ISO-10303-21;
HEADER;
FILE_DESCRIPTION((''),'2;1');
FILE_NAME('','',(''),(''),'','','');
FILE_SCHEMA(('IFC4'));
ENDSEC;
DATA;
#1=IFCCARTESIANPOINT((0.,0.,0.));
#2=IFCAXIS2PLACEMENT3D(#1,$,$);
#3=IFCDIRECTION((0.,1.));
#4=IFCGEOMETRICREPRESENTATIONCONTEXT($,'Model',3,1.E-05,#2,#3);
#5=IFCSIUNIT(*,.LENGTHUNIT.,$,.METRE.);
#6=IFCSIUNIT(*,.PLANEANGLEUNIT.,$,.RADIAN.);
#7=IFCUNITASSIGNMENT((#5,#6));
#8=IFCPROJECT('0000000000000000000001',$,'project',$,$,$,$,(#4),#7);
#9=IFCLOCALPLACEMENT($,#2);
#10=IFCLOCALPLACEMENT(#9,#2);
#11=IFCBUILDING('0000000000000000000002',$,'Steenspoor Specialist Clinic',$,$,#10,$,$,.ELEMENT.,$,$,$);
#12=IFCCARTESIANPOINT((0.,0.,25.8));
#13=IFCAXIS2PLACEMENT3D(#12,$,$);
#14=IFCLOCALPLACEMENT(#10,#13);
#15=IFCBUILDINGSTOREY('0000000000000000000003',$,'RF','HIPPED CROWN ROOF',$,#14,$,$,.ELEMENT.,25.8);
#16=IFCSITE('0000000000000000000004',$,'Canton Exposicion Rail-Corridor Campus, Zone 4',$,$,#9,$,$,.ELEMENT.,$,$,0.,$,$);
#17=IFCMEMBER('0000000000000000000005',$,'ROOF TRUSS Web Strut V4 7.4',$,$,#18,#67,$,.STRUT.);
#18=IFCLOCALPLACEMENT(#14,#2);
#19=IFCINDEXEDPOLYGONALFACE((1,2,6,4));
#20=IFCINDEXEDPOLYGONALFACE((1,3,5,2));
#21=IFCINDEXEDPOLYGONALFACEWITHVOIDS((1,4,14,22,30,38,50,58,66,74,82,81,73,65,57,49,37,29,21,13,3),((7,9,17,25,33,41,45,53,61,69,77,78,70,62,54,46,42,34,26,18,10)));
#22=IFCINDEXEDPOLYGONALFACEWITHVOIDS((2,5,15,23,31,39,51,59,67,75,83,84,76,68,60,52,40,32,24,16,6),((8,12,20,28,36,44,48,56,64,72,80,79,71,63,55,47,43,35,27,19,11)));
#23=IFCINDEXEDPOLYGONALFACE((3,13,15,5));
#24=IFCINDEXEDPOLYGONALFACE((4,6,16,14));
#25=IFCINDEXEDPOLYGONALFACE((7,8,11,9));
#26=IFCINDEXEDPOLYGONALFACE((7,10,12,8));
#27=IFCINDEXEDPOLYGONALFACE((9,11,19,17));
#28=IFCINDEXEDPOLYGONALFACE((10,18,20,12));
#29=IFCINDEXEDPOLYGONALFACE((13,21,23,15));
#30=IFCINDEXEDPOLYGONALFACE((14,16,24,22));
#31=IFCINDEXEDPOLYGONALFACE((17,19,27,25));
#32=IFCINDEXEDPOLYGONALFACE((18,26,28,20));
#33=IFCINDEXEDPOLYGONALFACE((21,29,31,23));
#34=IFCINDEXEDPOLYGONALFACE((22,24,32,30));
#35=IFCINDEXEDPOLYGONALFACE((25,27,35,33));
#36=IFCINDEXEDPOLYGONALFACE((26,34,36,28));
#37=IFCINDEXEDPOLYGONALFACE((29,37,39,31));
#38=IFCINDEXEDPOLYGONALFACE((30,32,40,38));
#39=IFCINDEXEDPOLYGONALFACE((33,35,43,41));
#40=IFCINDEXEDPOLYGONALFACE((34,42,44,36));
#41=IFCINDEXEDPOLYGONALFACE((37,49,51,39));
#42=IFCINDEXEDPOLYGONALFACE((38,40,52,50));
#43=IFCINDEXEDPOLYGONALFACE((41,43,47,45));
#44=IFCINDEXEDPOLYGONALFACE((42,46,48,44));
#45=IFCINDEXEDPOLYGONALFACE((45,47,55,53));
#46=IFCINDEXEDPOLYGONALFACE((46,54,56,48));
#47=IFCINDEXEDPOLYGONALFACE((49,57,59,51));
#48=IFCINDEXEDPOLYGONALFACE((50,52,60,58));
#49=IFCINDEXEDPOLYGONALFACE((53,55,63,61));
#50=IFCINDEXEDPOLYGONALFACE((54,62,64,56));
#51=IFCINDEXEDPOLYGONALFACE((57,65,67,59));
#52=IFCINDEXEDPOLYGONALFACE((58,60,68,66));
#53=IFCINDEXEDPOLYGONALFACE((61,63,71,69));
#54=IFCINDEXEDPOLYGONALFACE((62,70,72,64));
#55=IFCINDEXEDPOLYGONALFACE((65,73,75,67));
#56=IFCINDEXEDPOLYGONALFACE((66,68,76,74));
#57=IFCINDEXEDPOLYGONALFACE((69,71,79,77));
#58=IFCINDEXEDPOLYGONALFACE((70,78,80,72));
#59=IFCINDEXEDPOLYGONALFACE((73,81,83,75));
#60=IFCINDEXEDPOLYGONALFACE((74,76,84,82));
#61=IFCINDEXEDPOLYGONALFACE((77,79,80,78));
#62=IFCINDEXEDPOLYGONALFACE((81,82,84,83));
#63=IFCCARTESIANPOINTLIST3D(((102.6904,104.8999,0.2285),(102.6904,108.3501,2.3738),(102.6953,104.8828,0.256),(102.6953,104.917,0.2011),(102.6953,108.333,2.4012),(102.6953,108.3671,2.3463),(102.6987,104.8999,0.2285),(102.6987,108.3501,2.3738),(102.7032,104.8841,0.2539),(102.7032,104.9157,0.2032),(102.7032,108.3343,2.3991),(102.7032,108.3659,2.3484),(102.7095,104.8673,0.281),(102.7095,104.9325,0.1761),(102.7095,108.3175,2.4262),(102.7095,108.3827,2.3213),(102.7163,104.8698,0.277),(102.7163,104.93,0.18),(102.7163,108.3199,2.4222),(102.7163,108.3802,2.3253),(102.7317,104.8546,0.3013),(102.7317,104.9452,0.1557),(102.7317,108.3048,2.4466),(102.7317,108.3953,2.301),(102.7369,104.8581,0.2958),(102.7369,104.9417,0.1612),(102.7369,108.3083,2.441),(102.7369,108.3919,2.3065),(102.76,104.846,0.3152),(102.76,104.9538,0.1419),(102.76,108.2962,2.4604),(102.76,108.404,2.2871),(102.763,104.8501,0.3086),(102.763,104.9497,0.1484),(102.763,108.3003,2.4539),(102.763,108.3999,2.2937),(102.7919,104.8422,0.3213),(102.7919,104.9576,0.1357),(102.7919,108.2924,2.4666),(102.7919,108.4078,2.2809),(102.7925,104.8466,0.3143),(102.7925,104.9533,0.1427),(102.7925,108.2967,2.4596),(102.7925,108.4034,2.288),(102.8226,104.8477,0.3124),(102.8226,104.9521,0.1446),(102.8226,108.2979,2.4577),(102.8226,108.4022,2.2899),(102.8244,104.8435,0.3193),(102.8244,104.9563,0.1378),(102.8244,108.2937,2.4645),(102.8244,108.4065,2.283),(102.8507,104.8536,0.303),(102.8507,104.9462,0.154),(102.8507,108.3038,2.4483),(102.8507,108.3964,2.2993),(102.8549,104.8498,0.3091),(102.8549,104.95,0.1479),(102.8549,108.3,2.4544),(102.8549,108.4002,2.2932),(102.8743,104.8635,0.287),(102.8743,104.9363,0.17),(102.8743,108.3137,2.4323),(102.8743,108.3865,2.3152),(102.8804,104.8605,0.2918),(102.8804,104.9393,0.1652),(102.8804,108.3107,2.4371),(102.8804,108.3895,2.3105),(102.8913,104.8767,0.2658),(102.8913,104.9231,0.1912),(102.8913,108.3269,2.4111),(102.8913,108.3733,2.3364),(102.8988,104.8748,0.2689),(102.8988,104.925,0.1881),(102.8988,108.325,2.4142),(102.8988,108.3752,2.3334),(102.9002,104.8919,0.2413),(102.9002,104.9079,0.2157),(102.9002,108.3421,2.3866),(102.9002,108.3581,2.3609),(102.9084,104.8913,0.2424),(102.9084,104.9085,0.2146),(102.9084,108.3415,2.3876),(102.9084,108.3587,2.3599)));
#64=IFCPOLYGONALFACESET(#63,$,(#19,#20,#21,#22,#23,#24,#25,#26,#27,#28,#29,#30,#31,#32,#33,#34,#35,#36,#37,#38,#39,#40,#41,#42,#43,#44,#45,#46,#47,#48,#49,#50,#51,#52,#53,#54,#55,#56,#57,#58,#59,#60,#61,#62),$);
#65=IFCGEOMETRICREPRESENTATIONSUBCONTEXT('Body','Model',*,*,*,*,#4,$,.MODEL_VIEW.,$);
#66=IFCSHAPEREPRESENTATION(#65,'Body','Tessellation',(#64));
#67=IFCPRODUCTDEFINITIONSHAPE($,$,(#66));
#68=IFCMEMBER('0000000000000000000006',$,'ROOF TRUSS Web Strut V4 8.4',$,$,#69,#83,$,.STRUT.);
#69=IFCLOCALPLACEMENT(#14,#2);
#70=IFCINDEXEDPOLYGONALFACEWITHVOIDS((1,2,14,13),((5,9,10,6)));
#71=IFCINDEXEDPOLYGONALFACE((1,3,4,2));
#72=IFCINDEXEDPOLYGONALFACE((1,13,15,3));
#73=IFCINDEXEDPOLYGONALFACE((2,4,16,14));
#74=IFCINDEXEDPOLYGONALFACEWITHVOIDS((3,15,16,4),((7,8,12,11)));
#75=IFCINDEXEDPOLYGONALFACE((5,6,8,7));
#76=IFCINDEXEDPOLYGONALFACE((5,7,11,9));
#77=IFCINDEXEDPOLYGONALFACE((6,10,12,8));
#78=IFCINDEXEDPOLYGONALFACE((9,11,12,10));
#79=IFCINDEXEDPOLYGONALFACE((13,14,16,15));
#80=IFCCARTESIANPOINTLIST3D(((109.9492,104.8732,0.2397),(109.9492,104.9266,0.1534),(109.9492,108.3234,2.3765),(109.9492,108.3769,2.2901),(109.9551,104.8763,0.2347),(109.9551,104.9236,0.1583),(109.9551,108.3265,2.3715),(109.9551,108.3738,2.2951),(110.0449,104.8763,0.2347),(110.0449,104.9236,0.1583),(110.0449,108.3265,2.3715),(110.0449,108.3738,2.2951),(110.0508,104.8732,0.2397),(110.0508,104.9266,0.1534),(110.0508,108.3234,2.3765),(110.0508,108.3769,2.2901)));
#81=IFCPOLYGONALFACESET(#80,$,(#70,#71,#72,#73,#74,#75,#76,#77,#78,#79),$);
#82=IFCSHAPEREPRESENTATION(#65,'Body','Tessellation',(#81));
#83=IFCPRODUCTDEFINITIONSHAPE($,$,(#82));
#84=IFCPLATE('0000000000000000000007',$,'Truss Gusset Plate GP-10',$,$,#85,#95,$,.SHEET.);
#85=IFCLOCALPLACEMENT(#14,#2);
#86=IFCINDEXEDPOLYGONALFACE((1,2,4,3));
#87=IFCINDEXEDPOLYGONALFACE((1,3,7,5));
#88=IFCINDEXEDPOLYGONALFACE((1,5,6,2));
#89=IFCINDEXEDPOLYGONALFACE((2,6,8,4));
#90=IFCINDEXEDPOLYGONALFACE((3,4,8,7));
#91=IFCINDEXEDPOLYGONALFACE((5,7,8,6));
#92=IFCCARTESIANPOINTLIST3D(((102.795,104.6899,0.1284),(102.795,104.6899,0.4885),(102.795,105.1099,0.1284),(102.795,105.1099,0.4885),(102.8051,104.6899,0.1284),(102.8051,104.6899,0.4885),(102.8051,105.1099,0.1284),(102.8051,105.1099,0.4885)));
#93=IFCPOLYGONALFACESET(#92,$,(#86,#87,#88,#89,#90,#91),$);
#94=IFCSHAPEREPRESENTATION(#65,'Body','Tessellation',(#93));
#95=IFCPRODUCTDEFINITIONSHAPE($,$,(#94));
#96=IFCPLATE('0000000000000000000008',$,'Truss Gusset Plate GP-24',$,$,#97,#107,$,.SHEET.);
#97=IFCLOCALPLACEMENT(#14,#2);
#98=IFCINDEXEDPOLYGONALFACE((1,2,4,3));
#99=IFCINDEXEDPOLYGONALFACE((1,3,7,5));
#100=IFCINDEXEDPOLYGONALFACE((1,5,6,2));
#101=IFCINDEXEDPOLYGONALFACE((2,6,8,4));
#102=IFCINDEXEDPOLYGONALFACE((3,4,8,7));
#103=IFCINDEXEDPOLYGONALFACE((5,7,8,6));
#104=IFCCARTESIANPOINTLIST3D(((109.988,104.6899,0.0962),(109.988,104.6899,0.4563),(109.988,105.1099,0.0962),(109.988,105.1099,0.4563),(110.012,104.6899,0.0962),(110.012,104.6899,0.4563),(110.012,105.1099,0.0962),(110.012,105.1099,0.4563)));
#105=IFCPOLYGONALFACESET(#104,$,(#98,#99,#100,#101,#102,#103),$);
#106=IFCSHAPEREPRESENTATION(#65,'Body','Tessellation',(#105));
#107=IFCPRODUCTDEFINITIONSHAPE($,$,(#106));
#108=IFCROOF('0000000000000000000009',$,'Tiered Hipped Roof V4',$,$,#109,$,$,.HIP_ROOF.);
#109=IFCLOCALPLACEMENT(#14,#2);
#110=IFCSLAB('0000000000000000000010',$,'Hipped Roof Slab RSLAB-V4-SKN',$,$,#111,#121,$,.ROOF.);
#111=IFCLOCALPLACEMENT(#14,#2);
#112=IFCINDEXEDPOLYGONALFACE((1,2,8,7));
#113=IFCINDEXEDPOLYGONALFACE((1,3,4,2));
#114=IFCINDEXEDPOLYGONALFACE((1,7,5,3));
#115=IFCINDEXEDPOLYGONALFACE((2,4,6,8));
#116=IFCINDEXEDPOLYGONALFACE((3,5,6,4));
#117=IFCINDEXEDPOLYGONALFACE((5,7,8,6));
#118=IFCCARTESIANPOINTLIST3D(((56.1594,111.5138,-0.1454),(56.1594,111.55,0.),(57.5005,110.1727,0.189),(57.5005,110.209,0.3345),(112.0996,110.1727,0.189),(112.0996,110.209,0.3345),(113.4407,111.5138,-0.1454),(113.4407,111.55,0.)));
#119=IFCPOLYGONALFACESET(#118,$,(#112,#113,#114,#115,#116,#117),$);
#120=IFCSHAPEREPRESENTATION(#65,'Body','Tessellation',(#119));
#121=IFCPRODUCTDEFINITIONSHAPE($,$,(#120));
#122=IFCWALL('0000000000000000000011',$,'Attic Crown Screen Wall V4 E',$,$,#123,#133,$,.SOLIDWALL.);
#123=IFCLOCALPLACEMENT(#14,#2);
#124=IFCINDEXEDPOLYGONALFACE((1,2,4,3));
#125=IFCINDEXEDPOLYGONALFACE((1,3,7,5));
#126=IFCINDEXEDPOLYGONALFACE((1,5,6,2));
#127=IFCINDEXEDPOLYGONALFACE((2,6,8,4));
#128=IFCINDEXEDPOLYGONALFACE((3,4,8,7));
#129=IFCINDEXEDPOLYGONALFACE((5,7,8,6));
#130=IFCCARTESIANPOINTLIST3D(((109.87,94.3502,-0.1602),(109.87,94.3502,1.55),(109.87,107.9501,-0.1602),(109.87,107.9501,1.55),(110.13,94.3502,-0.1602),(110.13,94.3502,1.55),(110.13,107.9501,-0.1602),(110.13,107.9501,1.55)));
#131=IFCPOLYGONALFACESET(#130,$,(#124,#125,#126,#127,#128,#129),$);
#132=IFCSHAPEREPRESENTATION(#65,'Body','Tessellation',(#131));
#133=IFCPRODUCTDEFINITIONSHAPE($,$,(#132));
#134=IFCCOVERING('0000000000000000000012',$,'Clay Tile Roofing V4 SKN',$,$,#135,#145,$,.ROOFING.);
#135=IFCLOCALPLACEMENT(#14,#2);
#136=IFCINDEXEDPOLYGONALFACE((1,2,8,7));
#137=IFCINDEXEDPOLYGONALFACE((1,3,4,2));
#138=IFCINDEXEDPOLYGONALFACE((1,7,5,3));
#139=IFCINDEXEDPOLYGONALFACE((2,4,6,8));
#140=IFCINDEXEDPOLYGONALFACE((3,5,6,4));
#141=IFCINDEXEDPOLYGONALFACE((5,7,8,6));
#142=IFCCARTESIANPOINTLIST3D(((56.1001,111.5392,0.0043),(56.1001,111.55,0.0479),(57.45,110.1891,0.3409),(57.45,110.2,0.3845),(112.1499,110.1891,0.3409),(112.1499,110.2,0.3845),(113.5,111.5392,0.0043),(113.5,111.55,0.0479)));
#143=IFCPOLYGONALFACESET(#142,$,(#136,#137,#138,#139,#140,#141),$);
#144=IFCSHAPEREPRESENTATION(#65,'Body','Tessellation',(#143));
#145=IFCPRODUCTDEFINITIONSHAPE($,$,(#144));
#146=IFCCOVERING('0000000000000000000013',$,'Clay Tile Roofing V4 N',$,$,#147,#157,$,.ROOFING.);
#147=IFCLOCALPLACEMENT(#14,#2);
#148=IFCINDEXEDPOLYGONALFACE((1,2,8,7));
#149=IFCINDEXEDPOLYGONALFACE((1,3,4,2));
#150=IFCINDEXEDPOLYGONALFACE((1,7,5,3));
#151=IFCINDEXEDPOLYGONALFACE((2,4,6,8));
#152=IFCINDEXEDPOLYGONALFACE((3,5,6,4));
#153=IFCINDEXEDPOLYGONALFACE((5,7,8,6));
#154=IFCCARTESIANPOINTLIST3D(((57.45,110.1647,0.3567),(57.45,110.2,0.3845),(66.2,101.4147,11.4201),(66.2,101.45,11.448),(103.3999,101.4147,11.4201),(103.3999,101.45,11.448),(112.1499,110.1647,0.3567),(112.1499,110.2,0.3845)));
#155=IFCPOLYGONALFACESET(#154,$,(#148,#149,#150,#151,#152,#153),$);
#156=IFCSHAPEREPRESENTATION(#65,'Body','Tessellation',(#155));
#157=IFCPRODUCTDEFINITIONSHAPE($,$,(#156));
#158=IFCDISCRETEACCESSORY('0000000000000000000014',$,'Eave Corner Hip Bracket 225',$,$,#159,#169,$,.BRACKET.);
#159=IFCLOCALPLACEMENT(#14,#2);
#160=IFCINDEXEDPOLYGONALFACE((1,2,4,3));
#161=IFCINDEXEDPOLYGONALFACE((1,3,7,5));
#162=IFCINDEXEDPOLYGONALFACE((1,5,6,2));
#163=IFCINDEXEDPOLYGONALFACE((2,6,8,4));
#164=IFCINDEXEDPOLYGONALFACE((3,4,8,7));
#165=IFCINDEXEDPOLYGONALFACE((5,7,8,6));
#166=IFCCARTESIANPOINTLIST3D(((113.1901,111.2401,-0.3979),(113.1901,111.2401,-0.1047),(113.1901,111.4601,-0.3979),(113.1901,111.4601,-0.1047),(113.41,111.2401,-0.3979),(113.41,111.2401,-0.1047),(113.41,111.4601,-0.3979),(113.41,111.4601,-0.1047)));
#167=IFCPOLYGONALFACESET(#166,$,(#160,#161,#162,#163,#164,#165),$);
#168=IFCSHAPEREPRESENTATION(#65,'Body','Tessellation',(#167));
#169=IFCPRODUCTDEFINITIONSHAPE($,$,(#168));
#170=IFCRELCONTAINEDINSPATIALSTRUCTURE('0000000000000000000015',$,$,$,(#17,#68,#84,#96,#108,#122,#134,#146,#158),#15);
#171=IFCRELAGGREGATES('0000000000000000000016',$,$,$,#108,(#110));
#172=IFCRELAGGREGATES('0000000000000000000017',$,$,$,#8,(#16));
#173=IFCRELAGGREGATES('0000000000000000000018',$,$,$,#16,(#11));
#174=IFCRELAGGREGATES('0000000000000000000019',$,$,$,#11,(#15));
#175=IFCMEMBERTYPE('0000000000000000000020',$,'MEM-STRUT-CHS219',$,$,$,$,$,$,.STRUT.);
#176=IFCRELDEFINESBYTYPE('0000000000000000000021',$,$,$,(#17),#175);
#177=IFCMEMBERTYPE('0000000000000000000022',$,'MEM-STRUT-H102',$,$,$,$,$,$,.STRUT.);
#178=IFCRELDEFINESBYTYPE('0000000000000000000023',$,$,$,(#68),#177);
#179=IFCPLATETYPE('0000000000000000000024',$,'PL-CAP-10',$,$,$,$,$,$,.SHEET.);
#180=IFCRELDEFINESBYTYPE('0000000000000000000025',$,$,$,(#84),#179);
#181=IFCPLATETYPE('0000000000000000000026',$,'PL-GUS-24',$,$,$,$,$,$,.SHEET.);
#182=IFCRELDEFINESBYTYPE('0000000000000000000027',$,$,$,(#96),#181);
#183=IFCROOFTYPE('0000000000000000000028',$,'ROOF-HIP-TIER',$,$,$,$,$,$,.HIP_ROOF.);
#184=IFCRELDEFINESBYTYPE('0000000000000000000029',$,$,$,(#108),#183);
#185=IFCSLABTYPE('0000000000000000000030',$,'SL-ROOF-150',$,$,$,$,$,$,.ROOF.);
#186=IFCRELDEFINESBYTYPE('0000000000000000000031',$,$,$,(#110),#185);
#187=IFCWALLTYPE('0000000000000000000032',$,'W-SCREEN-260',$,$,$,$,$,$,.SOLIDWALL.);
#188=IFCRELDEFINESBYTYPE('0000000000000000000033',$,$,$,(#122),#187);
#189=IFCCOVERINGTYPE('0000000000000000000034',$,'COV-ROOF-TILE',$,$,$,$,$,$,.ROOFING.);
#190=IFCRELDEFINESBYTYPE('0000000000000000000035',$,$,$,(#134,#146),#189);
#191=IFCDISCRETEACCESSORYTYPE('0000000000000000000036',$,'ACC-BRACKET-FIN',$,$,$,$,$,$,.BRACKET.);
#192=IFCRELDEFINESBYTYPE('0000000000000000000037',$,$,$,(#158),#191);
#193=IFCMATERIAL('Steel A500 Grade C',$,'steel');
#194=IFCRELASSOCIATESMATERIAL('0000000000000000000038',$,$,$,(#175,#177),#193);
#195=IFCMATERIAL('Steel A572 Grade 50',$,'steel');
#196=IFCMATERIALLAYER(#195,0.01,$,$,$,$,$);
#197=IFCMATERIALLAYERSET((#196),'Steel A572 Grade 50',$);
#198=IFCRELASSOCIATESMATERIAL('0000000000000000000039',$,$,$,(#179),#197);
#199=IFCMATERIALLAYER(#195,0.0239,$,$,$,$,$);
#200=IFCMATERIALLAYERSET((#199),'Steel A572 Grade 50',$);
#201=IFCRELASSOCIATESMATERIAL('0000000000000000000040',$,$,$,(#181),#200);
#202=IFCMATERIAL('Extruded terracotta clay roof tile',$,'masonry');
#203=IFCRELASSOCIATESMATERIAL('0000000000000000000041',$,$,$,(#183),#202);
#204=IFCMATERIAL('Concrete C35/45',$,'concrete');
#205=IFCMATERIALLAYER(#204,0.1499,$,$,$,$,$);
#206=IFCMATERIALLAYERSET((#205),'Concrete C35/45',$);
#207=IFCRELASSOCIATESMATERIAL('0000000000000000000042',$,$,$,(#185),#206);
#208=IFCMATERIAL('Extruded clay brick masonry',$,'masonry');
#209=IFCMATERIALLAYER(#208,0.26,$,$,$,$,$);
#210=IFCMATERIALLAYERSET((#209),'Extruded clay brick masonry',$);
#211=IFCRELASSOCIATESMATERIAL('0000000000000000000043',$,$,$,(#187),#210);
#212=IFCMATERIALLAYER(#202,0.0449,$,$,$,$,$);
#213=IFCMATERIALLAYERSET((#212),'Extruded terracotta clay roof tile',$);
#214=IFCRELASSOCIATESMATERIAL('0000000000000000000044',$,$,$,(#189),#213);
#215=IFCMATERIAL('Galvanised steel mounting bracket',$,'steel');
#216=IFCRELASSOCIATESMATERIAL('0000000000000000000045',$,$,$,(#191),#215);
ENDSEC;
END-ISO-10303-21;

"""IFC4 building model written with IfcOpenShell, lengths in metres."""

from ifc_helpers import new_model, si_unit, direction, frame, frame_2d, origin, origin_2d, place, context, subcontext, project, spatial, polyline, rectangle, hollow_rectangle, hollow_circle, outline, extrude, material, layer, layer_set, material_profile, profile_set, type_object, element, aggregate, save


model = new_model("IFC4")

# Units and contexts
model_context = context("Model", 3, precision=1e-05, world=origin(), true_north=direction((0.0, 1.0)))
body_context = subcontext(model_context, "Body", "Model", "MODEL_VIEW")
ifc_project = project(units=[si_unit("LENGTHUNIT", "METRE"), si_unit("PLANEANGLEUNIT", "RADIAN")], contexts=[model_context])

# Site, building, storey
site_placement = place(None, origin())
site = spatial("IfcSite", under=ifc_project, at=site_placement, Name="Canton Exposicion Rail-Corridor Campus, Zone 4", CompositionType="ELEMENT", RefElevation=0.0)
building_placement = place(site_placement, origin())
building = spatial("IfcBuilding", under=site, at=building_placement, Name="Steenspoor Specialist Clinic", CompositionType="ELEMENT")
storey_placement = place(building_placement, frame((0.0, 0.0, 25.8)))
storey = spatial("IfcBuildingStorey", under=building, at=storey_placement, Name="RF", Description="HIPPED CROWN ROOF", CompositionType="ELEMENT", Elevation=25.8)

# Members
ifc_material_1 = material(Name="Steel A500 Grade C", Category="steel")
ifc_material_profile_1 = material_profile(ifc_material_1, hollow_circle(Radius=0.1096, WallThickness=0.0083, at=origin_2d()), Name="CHS219X8.2")
ifc_profile_set_1 = profile_set([ifc_material_profile_1], Name="Steel A500 Grade C")
member_type_1 = type_object("IfcMemberType", Name="MEM-STRUT-CHS219", PredefinedType="STRUT", material=ifc_profile_set_1)
member_1_placement = place(storey_placement, frame((102.8, 104.8999, 0.2285), z_axis=(0.0, 0.849225, 0.528031), x_axis=(-1.0, 0.0, 0.0)))
element("IfcMember", 1, at=member_1_placement, inside=storey, type_object=member_type_1, Name="ROOF TRUSS Web Strut V4 7.4", PredefinedType="STRUT", context=body_context, shape_type="SweptSolid", body=[
    extrude(hollow_circle(Radius=0.1096, WallThickness=0.0083, at=origin_2d()), origin(), (0.0, 0.0, 1.0), 4.0627),
])
ifc_material_profile_2 = material_profile(ifc_material_1, hollow_rectangle(XDim=0.1016, YDim=0.1016, WallThickness=0.0059, at=origin_2d()), Name="HSS102X102X6.4")
ifc_profile_set_2 = profile_set([ifc_material_profile_2], Name="Steel A500 Grade C")
member_type_2 = type_object("IfcMemberType", Name="MEM-STRUT-H102", PredefinedType="STRUT", material=ifc_profile_set_2)
member_2_placement = place(storey_placement, frame((110.0, 104.8999, 0.1965), z_axis=(0.0, 0.850168, 0.526512), x_axis=(-1.0, 0.0, 0.0)))
element("IfcMember", 2, at=member_2_placement, inside=storey, type_object=member_type_2, Name="ROOF TRUSS Web Strut V4 8.4", PredefinedType="STRUT", context=body_context, shape_type="SweptSolid", body=[
    extrude(hollow_rectangle(XDim=0.1016, YDim=0.1016, WallThickness=0.0059, at=origin_2d()), origin(), (0.0, 0.0, 1.0), 4.0583),
])

# Plates
ifc_material_2 = material(Name="Steel A572 Grade 50", Category="steel")
ifc_layer_1 = layer(ifc_material_2, 0.01)
ifc_layer_set_1 = layer_set([ifc_layer_1], Name="Steel A572 Grade 50")
plate_type_1 = type_object("IfcPlateType", Name="PL-CAP-10", PredefinedType="SHEET", material=ifc_layer_set_1)
plate_1_placement = place(storey_placement, frame((102.8, 104.8999, 0.1284), z_axis=(0.0, 0.0, 1.0), x_axis=(1.0, 0.0, 0.0)))
element("IfcPlate", 3, at=plate_1_placement, inside=storey, type_object=plate_type_1, Name="Truss Gusset Plate GP-10", PredefinedType="SHEET", context=body_context, shape_type="SweptSolid", body=[
    extrude(rectangle(XDim=0.01, YDim=0.4199, at=origin_2d()), origin(), (0.0, 0.0, 1.0), 0.3601),
])
ifc_layer_2 = layer(ifc_material_2, 0.0239)
ifc_layer_set_2 = layer_set([ifc_layer_2], Name="Steel A572 Grade 50")
plate_type_2 = type_object("IfcPlateType", Name="PL-GUS-24", PredefinedType="SHEET", material=ifc_layer_set_2)
plate_2_placement = place(storey_placement, frame((110.0, 104.8999, 0.0962), z_axis=(0.0, 0.0, 1.0), x_axis=(1.0, 0.0, 0.0)))
element("IfcPlate", 4, at=plate_2_placement, inside=storey, type_object=plate_type_2, Name="Truss Gusset Plate GP-24", PredefinedType="SHEET", context=body_context, shape_type="SweptSolid", body=[
    extrude(rectangle(XDim=0.0239, YDim=0.4199, at=origin_2d()), origin(), (0.0, 0.0, 1.0), 0.3601),
])

# Roof, slab
ifc_material_3 = material(Name="Extruded terracotta clay roof tile", Category="masonry")
roof_type = type_object("IfcRoofType", Name="ROOF-HIP-TIER", PredefinedType="HIP_ROOF", material=ifc_material_3)
roof_placement = place(storey_placement, origin())
roof = element("IfcRoof", 5, at=roof_placement, inside=storey, type_object=roof_type, Name="Tiered Hipped Roof V4", PredefinedType="HIP_ROOF")
ifc_material_4 = material(Name="Concrete C35/45", Category="concrete")
ifc_layer_3 = layer(ifc_material_4, 0.1499)
ifc_layer_set_3 = layer_set([ifc_layer_3], Name="Concrete C35/45")
slab_type = type_object("IfcSlabType", Name="SL-ROOF-150", PredefinedType="ROOF", material=ifc_layer_set_3)
slab_placement = place(storey_placement, frame((112.0996, 110.209, 0.3345), z_axis=(0.0, 0.241995, 0.970277), x_axis=(0.696361, 0.696361, -0.173678)))
slab = element("IfcSlab", 6, at=slab_placement, type_object=slab_type, Name="Hipped Roof Slab RSLAB-V4-SKN", PredefinedType="ROOF", context=body_context, shape_type="SweptSolid", body=[
    extrude(outline(polyline([(0.0, 0.0), (1.9258, 0.0), (-37.9626, 41.1103), (-38.0207, 39.1854), (0.0, 0.0)])), origin(), (0.0, 0.0, -1.0), 0.1499),
])
aggregate(roof, [slab])

# Wall
ifc_material_5 = material(Name="Extruded clay brick masonry", Category="masonry")
ifc_layer_4 = layer(ifc_material_5, 0.26)
ifc_layer_set_4 = layer_set([ifc_layer_4], Name="Extruded clay brick masonry")
wall_type = type_object("IfcWallType", Name="W-SCREEN-260", PredefinedType="SOLIDWALL", material=ifc_layer_set_4)
wall_placement = place(storey_placement, frame((110.0, 107.95, -0.1602), z_axis=(0.0, 0.0, 1.0), x_axis=(0.0, -1.0, 0.0)))
element("IfcWall", 7, at=wall_placement, inside=storey, type_object=wall_type, Name="Attic Crown Screen Wall V4 E", PredefinedType="SOLIDWALL", context=body_context, shape_type="SweptSolid", body=[
    extrude(rectangle(XDim=13.5999, YDim=0.26, at=frame_2d((6.7998, 0.0))), origin(), (0.0, 0.0, 1.0), 1.7102),
])

# Coverings
ifc_layer_5 = layer(ifc_material_3, 0.0449)
ifc_layer_set_5 = layer_set([ifc_layer_5], Name="Extruded terracotta clay roof tile")
covering_type = type_object("IfcCoveringType", Name="COV-ROOF-TILE", PredefinedType="ROOFING", material=ifc_layer_set_5)
covering_1_placement = place(storey_placement, frame((113.5, 111.55, 0.0479), z_axis=(0.0, 0.241958, 0.970287), x_axis=(-1.0, 0.0, 0.0)))
element("IfcCovering", 8, at=covering_1_placement, inside=storey, type_object=covering_type, Name="Clay Tile Roofing V4 SKN", PredefinedType="ROOFING", context=body_context, shape_type="SweptSolid", body=[
    extrude(outline(polyline([(0.0, 0.0), (57.3999, 0.0), (56.05, 1.3914), (1.3501, 1.3914), (0.0, 0.0)])), origin(), (0.0, 0.0, -1.0), 0.0449),
])
covering_2_placement = place(storey_placement, frame((112.1499, 110.2, 0.3845), z_axis=(0.0, 0.784342, 0.620329), x_axis=(-1.0, 0.0, 0.0)))
element("IfcCovering", 9, at=covering_2_placement, inside=storey, type_object=covering_type, Name="Clay Tile Roofing V4 N", PredefinedType="ROOFING", context=body_context, shape_type="SweptSolid", body=[
    extrude(outline(polyline([(0.0, 0.0), (54.7, 0.0), (45.95, 14.1054), (8.75, 14.1054), (0.0, 0.0)])), origin(), (0.0, 0.0, -1.0), 0.0449),
])

# Discrete accessory
ifc_material_6 = material(Name="Galvanised steel mounting bracket", Category="steel")
discrete_accessory_type = type_object("IfcDiscreteAccessoryType", Name="ACC-BRACKET-FIN", PredefinedType="BRACKET", material=ifc_material_6)
discrete_accessory_placement = place(storey_placement, frame((113.3, 111.3501, -0.3979), z_axis=(0.0, 0.0, 1.0), x_axis=(1.0, 0.0, 0.0)))
element("IfcDiscreteAccessory", 10, at=discrete_accessory_placement, inside=storey, type_object=discrete_accessory_type, Name="Eave Corner Hip Bracket 225", PredefinedType="BRACKET", context=body_context, shape_type="SweptSolid", body=[
    extrude(rectangle(XDim=0.22, YDim=0.22, at=origin_2d()), origin(), (0.0, 0.0, 1.0), 0.2932),
])

save(model, "model.ifc")
